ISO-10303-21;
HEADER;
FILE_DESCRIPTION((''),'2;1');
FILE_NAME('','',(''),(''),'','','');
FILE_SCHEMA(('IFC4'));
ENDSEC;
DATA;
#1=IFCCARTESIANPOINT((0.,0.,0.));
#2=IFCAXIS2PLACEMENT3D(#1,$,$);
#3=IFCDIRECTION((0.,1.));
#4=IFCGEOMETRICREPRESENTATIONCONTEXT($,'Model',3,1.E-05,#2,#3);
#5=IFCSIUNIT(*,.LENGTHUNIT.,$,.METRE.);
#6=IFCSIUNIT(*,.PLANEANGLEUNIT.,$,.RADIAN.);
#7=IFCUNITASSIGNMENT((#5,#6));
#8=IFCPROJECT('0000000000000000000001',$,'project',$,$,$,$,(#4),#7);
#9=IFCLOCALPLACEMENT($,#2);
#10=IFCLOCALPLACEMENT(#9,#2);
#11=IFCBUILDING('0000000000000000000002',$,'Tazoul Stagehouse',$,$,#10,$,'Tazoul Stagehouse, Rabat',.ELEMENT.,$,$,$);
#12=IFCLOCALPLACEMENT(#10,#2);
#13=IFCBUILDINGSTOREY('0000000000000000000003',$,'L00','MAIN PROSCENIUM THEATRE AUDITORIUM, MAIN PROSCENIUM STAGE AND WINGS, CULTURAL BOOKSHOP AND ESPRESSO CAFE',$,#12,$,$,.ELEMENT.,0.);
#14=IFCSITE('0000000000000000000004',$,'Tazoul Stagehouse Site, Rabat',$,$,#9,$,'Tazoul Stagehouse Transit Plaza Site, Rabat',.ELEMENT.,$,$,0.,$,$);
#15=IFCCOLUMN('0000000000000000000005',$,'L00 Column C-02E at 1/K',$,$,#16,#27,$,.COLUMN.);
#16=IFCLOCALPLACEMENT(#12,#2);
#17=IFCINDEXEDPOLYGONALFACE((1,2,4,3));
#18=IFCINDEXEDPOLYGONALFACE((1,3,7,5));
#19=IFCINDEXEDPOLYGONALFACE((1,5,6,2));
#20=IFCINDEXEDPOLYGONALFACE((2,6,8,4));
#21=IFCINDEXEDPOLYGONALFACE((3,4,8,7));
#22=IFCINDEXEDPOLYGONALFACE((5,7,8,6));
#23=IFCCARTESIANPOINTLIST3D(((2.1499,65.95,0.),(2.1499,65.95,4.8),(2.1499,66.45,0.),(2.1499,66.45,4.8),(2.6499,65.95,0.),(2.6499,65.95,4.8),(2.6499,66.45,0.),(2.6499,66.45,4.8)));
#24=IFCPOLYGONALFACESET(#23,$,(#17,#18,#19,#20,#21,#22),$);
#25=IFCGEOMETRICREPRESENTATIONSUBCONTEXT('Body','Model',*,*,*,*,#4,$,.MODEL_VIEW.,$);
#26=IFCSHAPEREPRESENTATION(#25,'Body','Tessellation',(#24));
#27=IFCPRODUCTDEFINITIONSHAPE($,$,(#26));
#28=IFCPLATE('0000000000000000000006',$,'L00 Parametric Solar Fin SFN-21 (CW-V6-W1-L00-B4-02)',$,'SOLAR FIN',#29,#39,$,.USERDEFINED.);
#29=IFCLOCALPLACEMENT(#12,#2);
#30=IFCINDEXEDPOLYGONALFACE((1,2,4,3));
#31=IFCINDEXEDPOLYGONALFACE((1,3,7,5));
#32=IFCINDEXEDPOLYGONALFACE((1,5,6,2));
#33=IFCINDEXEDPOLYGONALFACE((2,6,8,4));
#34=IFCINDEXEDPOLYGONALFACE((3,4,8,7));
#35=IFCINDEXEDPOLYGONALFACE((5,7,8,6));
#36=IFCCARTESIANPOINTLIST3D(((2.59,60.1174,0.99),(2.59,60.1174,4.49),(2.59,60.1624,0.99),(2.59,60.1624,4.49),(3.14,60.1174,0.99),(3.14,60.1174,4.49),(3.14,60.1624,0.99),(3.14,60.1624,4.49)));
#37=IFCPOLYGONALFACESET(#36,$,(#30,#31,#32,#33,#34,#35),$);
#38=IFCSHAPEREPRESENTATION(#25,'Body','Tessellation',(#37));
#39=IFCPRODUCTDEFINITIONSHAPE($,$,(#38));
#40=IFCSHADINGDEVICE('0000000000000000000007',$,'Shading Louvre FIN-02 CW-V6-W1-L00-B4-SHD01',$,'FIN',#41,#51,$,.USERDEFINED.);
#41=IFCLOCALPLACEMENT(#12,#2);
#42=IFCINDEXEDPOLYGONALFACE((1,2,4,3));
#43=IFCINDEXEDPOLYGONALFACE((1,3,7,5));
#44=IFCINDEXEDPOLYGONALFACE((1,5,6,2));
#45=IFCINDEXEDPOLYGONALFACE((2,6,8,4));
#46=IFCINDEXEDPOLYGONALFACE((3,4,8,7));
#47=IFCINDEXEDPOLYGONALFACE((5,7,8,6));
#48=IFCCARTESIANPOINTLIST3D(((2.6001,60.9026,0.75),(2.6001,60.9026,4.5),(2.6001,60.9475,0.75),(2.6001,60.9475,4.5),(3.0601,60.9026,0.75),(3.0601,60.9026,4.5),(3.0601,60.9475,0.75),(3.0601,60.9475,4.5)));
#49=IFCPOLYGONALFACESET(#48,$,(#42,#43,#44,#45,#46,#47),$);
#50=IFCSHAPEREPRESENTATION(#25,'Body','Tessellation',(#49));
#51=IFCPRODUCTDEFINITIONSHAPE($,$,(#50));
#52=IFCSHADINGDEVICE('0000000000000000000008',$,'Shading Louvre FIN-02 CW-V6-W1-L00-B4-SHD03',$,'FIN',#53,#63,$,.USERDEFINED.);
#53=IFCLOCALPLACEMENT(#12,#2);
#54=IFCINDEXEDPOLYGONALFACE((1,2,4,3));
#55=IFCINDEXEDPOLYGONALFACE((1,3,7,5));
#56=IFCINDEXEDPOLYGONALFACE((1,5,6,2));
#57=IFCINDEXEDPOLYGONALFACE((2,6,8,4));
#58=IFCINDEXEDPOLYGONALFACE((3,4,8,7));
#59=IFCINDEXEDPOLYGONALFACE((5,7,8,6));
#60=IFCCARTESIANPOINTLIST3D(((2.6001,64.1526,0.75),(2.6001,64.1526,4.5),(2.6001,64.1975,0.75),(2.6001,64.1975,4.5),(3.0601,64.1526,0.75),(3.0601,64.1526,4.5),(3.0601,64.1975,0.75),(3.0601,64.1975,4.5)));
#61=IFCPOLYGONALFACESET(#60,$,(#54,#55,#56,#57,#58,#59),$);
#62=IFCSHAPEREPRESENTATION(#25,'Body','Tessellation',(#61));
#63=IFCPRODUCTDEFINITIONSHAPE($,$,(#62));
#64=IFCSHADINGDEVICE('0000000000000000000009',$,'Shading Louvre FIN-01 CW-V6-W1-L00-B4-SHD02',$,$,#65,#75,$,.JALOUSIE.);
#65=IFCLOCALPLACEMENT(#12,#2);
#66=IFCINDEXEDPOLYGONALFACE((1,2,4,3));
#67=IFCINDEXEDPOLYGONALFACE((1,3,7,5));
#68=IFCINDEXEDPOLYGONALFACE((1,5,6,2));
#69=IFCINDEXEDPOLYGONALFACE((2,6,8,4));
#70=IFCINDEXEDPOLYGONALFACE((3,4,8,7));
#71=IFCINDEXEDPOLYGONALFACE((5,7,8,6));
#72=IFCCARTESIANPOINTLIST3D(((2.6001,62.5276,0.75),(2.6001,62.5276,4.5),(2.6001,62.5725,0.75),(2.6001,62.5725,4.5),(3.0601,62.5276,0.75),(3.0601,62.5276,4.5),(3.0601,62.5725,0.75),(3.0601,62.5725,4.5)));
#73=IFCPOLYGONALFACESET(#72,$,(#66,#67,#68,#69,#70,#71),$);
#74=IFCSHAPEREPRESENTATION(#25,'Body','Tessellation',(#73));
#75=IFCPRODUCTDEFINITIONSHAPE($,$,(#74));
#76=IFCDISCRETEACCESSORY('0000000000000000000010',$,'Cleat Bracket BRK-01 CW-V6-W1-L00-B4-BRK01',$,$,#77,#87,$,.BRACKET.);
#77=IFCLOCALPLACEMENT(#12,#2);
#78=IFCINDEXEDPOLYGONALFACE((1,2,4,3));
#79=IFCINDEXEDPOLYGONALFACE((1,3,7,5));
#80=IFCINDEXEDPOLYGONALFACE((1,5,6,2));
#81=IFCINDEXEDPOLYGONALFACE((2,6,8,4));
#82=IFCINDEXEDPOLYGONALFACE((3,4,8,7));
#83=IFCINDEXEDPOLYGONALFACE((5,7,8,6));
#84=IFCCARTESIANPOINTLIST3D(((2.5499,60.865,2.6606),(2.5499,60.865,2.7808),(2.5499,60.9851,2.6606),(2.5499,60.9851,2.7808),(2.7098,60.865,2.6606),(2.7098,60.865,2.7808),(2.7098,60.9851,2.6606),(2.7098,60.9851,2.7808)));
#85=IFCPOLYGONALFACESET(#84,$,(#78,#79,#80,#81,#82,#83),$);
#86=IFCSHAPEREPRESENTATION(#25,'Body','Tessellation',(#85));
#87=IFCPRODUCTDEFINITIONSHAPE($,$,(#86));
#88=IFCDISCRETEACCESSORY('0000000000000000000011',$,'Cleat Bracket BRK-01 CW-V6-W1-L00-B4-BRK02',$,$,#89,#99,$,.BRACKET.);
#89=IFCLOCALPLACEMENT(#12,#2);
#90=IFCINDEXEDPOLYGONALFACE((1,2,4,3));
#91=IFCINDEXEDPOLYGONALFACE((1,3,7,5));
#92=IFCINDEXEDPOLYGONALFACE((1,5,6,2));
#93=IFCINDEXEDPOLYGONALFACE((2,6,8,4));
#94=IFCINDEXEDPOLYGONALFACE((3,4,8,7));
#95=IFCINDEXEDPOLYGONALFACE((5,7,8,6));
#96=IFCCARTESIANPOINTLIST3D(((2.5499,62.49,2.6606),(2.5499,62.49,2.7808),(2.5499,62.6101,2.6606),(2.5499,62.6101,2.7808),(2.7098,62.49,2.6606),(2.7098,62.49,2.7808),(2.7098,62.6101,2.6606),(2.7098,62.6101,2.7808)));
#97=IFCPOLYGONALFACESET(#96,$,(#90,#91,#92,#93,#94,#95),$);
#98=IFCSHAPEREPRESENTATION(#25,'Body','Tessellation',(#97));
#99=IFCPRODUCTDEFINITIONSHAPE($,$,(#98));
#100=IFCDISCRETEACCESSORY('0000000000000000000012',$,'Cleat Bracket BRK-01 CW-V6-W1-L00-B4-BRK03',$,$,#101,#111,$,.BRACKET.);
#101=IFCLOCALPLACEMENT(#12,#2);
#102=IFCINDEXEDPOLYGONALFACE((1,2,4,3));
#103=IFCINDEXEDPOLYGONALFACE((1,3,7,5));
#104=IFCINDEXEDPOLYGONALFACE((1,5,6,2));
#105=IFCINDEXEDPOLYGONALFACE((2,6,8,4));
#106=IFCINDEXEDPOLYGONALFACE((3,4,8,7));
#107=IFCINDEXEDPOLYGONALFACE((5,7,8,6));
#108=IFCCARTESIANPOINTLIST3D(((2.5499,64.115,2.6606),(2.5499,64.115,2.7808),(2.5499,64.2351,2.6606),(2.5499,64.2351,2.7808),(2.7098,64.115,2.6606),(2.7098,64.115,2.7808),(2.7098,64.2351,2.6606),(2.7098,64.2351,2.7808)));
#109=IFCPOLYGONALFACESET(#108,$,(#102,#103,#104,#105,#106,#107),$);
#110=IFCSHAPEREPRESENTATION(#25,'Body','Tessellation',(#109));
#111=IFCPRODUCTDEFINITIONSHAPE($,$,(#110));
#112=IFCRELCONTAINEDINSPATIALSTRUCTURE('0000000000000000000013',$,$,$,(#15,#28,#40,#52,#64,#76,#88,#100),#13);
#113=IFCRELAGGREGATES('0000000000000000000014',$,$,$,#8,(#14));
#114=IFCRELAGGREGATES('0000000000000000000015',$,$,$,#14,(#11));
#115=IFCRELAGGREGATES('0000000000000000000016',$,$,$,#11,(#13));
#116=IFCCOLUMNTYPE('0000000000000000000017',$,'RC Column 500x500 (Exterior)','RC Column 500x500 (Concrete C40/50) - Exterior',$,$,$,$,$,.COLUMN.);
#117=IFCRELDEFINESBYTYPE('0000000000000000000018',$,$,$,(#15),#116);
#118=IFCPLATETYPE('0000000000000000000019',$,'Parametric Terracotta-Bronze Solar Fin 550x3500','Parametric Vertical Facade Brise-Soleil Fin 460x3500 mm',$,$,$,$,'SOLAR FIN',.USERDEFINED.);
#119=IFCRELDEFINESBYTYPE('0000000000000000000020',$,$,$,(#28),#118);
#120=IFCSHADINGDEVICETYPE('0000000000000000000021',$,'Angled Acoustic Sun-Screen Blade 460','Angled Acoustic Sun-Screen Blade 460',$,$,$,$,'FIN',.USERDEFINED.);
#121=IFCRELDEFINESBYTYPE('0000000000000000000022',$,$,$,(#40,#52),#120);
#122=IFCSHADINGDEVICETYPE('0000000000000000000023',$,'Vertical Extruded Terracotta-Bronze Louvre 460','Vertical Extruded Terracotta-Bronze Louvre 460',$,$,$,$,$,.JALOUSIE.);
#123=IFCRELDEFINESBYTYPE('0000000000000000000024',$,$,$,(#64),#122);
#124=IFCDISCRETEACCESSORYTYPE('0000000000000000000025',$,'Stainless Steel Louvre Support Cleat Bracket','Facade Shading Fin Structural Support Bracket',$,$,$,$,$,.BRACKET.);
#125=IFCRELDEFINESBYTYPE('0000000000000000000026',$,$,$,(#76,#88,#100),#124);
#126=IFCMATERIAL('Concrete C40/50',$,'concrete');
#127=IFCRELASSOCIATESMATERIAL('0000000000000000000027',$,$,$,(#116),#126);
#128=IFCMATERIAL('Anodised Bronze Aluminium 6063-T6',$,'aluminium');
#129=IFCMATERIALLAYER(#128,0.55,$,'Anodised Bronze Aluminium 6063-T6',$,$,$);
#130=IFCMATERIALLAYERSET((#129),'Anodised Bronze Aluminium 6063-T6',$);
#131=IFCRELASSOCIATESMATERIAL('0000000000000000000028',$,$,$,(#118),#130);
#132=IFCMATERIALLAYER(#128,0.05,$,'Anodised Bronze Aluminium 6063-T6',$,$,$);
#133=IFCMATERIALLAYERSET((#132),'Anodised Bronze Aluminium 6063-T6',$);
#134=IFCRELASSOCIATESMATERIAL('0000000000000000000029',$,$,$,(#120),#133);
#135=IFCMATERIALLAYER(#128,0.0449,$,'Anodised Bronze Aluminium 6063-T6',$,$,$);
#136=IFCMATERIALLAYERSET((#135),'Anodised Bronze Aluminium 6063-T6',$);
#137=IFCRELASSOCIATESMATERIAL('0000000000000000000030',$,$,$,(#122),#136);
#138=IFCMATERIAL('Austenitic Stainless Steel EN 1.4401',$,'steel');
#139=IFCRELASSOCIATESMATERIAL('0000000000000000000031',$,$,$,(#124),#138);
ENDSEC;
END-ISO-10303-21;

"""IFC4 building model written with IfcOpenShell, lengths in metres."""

from ifc_helpers import new_model, si_unit, direction, frame, origin, origin_2d, place, context, subcontext, project, spatial, rectangle, extrude, material, layer, layer_set, material_profile, profile_set, type_object, element, save


model = new_model("IFC4")

# Units and contexts
model_context = context("Model", 3, precision=1e-05, world=origin(), true_north=direction((0.0, 1.0)))
body_context = subcontext(model_context, "Body", "Model", "MODEL_VIEW")
ifc_project = project(units=[si_unit("LENGTHUNIT", "METRE"), si_unit("PLANEANGLEUNIT", "RADIAN")], contexts=[model_context])

# Site, building, storey
site_placement = place(None, origin())
site = spatial("IfcSite", under=ifc_project, at=site_placement, Name="Tazoul Stagehouse Site, Rabat", LongName="Tazoul Stagehouse Transit Plaza Site, Rabat", CompositionType="ELEMENT", RefElevation=0.0)
building_placement = place(site_placement, origin())
building = spatial("IfcBuilding", under=site, at=building_placement, Name="Tazoul Stagehouse", LongName="Tazoul Stagehouse, Rabat", CompositionType="ELEMENT")
storey_placement = place(building_placement, origin())
storey = spatial("IfcBuildingStorey", under=building, at=storey_placement, Name="L00", Description="MAIN PROSCENIUM THEATRE AUDITORIUM, MAIN PROSCENIUM STAGE AND WINGS, CULTURAL BOOKSHOP AND ESPRESSO CAFE", CompositionType="ELEMENT", Elevation=0.0)

# Column
ifc_material_1 = material(Name="Concrete C40/50", Category="concrete")
ifc_material_profile = material_profile(ifc_material_1, rectangle(XDim=0.5, YDim=0.5, at=origin_2d()), Name="RC 500x500")
ifc_profile_set = profile_set([ifc_material_profile], Name="Concrete C40/50")
column_type = type_object("IfcColumnType", Name="RC Column 500x500 (Exterior)", Description="RC Column 500x500 (Concrete C40/50) - Exterior", PredefinedType="COLUMN", material=ifc_profile_set)
column_placement = place(storey_placement, frame((2.3999, 66.2, 0.0), z_axis=(0.0, 0.0, 1.0), x_axis=(1.0, 0.0, 0.0)))
element("IfcColumn", 1, at=column_placement, inside=storey, type_object=column_type, Name="L00 Column C-02E at 1/K", PredefinedType="COLUMN", context=body_context, shape_type="SweptSolid", body=[
    extrude(rectangle(XDim=0.5, YDim=0.5, at=origin_2d()), origin(), (0.0, 0.0, 1.0), 4.8),
])

# Plate
ifc_material_2 = material(Name="Anodised Bronze Aluminium 6063-T6", Category="aluminium")
ifc_layer_1 = layer(ifc_material_2, 0.55, Name="Anodised Bronze Aluminium 6063-T6")
ifc_layer_set_1 = layer_set([ifc_layer_1], Name="Anodised Bronze Aluminium 6063-T6")
plate_type = type_object("IfcPlateType", Name="Parametric Terracotta-Bronze Solar Fin 550x3500", Description="Parametric Vertical Facade Brise-Soleil Fin 460x3500 mm", ElementType="SOLAR FIN", PredefinedType="USERDEFINED", material=ifc_layer_set_1)
plate_placement = place(storey_placement, frame((2.865, 60.1399, 0.99), z_axis=(0.0, 0.0, 1.0), x_axis=(0.0, 1.0, 0.0)))
element("IfcPlate", 2, at=plate_placement, inside=storey, type_object=plate_type, Name="L00 Parametric Solar Fin SFN-21 (CW-V6-W1-L00-B4-02)", ObjectType="SOLAR FIN", PredefinedType="USERDEFINED", context=body_context, shape_type="SweptSolid", body=[
    extrude(rectangle(XDim=0.0449, YDim=0.55, at=origin_2d()), origin(), (0.0, 0.0, 1.0), 3.5),
])

# Shading devices
ifc_layer_2 = layer(ifc_material_2, 0.05, Name="Anodised Bronze Aluminium 6063-T6")
ifc_layer_set_2 = layer_set([ifc_layer_2], Name="Anodised Bronze Aluminium 6063-T6")
shading_device_type_1 = type_object("IfcShadingDeviceType", Name="Angled Acoustic Sun-Screen Blade 460", Description="Angled Acoustic Sun-Screen Blade 460", ElementType="FIN", PredefinedType="USERDEFINED", material=ifc_layer_set_2)
for number, where, z_axis, x_axis, name in (
    (3, (2.8301, 60.925, 0.75), (0.0, 0.0, 1.0), (0.0, 1.0, 0.0), "Shading Louvre FIN-02 CW-V6-W1-L00-B4-SHD01"),
    (4, (2.8301, 64.175, 0.75), (0.0, 0.0, 1.0), (0.0, 1.0, 0.0), "Shading Louvre FIN-02 CW-V6-W1-L00-B4-SHD03"),
):
    element("IfcShadingDevice", number, at=place(storey_placement, frame(where, z_axis=z_axis, x_axis=x_axis)), inside=storey, type_object=shading_device_type_1, Name=name, ObjectType="FIN", PredefinedType="USERDEFINED", context=body_context, shape_type="SweptSolid", body=[
        extrude(rectangle(XDim=0.0449, YDim=0.46, at=origin_2d()), origin(), (0.0, 0.0, 1.0), 3.75),
    ])
ifc_layer_3 = layer(ifc_material_2, 0.0449, Name="Anodised Bronze Aluminium 6063-T6")
ifc_layer_set_3 = layer_set([ifc_layer_3], Name="Anodised Bronze Aluminium 6063-T6")
shading_device_type_2 = type_object("IfcShadingDeviceType", Name="Vertical Extruded Terracotta-Bronze Louvre 460", Description="Vertical Extruded Terracotta-Bronze Louvre 460", PredefinedType="JALOUSIE", material=ifc_layer_set_3)
shading_device_placement = place(storey_placement, frame((2.8301, 62.55, 0.75), z_axis=(0.0, 0.0, 1.0), x_axis=(0.0, 1.0, 0.0)))
element("IfcShadingDevice", 5, at=shading_device_placement, inside=storey, type_object=shading_device_type_2, Name="Shading Louvre FIN-01 CW-V6-W1-L00-B4-SHD02", PredefinedType="JALOUSIE", context=body_context, shape_type="SweptSolid", body=[
    extrude(rectangle(XDim=0.0449, YDim=0.46, at=origin_2d()), origin(), (0.0, 0.0, 1.0), 3.75),
])

# Discrete accessories
ifc_material_3 = material(Name="Austenitic Stainless Steel EN 1.4401", Category="steel")
discrete_accessory_type = type_object("IfcDiscreteAccessoryType", Name="Stainless Steel Louvre Support Cleat Bracket", Description="Facade Shading Fin Structural Support Bracket", PredefinedType="BRACKET", material=ifc_material_3)
for number, where, z_axis, x_axis, name in (
    (6, (2.6299, 60.925, 2.6606), (0.0, 0.0, 1.0), (0.0, 1.0, 0.0), "Cleat Bracket BRK-01 CW-V6-W1-L00-B4-BRK01"),
    (7, (2.6299, 62.55, 2.6606), (0.0, 0.0, 1.0), (0.0, 1.0, 0.0), "Cleat Bracket BRK-01 CW-V6-W1-L00-B4-BRK02"),
    (8, (2.6299, 64.175, 2.6606), (0.0, 0.0, 1.0), (0.0, 1.0, 0.0), "Cleat Bracket BRK-01 CW-V6-W1-L00-B4-BRK03"),
):
    element("IfcDiscreteAccessory", number, at=place(storey_placement, frame(where, z_axis=z_axis, x_axis=x_axis)), inside=storey, type_object=discrete_accessory_type, Name=name, PredefinedType="BRACKET", context=body_context, shape_type="SweptSolid", body=[
        extrude(rectangle(XDim=0.1201, YDim=0.1599, at=origin_2d()), origin(), (0.0, 0.0, 1.0), 0.1201),
    ])

save(model, "model.ifc")
